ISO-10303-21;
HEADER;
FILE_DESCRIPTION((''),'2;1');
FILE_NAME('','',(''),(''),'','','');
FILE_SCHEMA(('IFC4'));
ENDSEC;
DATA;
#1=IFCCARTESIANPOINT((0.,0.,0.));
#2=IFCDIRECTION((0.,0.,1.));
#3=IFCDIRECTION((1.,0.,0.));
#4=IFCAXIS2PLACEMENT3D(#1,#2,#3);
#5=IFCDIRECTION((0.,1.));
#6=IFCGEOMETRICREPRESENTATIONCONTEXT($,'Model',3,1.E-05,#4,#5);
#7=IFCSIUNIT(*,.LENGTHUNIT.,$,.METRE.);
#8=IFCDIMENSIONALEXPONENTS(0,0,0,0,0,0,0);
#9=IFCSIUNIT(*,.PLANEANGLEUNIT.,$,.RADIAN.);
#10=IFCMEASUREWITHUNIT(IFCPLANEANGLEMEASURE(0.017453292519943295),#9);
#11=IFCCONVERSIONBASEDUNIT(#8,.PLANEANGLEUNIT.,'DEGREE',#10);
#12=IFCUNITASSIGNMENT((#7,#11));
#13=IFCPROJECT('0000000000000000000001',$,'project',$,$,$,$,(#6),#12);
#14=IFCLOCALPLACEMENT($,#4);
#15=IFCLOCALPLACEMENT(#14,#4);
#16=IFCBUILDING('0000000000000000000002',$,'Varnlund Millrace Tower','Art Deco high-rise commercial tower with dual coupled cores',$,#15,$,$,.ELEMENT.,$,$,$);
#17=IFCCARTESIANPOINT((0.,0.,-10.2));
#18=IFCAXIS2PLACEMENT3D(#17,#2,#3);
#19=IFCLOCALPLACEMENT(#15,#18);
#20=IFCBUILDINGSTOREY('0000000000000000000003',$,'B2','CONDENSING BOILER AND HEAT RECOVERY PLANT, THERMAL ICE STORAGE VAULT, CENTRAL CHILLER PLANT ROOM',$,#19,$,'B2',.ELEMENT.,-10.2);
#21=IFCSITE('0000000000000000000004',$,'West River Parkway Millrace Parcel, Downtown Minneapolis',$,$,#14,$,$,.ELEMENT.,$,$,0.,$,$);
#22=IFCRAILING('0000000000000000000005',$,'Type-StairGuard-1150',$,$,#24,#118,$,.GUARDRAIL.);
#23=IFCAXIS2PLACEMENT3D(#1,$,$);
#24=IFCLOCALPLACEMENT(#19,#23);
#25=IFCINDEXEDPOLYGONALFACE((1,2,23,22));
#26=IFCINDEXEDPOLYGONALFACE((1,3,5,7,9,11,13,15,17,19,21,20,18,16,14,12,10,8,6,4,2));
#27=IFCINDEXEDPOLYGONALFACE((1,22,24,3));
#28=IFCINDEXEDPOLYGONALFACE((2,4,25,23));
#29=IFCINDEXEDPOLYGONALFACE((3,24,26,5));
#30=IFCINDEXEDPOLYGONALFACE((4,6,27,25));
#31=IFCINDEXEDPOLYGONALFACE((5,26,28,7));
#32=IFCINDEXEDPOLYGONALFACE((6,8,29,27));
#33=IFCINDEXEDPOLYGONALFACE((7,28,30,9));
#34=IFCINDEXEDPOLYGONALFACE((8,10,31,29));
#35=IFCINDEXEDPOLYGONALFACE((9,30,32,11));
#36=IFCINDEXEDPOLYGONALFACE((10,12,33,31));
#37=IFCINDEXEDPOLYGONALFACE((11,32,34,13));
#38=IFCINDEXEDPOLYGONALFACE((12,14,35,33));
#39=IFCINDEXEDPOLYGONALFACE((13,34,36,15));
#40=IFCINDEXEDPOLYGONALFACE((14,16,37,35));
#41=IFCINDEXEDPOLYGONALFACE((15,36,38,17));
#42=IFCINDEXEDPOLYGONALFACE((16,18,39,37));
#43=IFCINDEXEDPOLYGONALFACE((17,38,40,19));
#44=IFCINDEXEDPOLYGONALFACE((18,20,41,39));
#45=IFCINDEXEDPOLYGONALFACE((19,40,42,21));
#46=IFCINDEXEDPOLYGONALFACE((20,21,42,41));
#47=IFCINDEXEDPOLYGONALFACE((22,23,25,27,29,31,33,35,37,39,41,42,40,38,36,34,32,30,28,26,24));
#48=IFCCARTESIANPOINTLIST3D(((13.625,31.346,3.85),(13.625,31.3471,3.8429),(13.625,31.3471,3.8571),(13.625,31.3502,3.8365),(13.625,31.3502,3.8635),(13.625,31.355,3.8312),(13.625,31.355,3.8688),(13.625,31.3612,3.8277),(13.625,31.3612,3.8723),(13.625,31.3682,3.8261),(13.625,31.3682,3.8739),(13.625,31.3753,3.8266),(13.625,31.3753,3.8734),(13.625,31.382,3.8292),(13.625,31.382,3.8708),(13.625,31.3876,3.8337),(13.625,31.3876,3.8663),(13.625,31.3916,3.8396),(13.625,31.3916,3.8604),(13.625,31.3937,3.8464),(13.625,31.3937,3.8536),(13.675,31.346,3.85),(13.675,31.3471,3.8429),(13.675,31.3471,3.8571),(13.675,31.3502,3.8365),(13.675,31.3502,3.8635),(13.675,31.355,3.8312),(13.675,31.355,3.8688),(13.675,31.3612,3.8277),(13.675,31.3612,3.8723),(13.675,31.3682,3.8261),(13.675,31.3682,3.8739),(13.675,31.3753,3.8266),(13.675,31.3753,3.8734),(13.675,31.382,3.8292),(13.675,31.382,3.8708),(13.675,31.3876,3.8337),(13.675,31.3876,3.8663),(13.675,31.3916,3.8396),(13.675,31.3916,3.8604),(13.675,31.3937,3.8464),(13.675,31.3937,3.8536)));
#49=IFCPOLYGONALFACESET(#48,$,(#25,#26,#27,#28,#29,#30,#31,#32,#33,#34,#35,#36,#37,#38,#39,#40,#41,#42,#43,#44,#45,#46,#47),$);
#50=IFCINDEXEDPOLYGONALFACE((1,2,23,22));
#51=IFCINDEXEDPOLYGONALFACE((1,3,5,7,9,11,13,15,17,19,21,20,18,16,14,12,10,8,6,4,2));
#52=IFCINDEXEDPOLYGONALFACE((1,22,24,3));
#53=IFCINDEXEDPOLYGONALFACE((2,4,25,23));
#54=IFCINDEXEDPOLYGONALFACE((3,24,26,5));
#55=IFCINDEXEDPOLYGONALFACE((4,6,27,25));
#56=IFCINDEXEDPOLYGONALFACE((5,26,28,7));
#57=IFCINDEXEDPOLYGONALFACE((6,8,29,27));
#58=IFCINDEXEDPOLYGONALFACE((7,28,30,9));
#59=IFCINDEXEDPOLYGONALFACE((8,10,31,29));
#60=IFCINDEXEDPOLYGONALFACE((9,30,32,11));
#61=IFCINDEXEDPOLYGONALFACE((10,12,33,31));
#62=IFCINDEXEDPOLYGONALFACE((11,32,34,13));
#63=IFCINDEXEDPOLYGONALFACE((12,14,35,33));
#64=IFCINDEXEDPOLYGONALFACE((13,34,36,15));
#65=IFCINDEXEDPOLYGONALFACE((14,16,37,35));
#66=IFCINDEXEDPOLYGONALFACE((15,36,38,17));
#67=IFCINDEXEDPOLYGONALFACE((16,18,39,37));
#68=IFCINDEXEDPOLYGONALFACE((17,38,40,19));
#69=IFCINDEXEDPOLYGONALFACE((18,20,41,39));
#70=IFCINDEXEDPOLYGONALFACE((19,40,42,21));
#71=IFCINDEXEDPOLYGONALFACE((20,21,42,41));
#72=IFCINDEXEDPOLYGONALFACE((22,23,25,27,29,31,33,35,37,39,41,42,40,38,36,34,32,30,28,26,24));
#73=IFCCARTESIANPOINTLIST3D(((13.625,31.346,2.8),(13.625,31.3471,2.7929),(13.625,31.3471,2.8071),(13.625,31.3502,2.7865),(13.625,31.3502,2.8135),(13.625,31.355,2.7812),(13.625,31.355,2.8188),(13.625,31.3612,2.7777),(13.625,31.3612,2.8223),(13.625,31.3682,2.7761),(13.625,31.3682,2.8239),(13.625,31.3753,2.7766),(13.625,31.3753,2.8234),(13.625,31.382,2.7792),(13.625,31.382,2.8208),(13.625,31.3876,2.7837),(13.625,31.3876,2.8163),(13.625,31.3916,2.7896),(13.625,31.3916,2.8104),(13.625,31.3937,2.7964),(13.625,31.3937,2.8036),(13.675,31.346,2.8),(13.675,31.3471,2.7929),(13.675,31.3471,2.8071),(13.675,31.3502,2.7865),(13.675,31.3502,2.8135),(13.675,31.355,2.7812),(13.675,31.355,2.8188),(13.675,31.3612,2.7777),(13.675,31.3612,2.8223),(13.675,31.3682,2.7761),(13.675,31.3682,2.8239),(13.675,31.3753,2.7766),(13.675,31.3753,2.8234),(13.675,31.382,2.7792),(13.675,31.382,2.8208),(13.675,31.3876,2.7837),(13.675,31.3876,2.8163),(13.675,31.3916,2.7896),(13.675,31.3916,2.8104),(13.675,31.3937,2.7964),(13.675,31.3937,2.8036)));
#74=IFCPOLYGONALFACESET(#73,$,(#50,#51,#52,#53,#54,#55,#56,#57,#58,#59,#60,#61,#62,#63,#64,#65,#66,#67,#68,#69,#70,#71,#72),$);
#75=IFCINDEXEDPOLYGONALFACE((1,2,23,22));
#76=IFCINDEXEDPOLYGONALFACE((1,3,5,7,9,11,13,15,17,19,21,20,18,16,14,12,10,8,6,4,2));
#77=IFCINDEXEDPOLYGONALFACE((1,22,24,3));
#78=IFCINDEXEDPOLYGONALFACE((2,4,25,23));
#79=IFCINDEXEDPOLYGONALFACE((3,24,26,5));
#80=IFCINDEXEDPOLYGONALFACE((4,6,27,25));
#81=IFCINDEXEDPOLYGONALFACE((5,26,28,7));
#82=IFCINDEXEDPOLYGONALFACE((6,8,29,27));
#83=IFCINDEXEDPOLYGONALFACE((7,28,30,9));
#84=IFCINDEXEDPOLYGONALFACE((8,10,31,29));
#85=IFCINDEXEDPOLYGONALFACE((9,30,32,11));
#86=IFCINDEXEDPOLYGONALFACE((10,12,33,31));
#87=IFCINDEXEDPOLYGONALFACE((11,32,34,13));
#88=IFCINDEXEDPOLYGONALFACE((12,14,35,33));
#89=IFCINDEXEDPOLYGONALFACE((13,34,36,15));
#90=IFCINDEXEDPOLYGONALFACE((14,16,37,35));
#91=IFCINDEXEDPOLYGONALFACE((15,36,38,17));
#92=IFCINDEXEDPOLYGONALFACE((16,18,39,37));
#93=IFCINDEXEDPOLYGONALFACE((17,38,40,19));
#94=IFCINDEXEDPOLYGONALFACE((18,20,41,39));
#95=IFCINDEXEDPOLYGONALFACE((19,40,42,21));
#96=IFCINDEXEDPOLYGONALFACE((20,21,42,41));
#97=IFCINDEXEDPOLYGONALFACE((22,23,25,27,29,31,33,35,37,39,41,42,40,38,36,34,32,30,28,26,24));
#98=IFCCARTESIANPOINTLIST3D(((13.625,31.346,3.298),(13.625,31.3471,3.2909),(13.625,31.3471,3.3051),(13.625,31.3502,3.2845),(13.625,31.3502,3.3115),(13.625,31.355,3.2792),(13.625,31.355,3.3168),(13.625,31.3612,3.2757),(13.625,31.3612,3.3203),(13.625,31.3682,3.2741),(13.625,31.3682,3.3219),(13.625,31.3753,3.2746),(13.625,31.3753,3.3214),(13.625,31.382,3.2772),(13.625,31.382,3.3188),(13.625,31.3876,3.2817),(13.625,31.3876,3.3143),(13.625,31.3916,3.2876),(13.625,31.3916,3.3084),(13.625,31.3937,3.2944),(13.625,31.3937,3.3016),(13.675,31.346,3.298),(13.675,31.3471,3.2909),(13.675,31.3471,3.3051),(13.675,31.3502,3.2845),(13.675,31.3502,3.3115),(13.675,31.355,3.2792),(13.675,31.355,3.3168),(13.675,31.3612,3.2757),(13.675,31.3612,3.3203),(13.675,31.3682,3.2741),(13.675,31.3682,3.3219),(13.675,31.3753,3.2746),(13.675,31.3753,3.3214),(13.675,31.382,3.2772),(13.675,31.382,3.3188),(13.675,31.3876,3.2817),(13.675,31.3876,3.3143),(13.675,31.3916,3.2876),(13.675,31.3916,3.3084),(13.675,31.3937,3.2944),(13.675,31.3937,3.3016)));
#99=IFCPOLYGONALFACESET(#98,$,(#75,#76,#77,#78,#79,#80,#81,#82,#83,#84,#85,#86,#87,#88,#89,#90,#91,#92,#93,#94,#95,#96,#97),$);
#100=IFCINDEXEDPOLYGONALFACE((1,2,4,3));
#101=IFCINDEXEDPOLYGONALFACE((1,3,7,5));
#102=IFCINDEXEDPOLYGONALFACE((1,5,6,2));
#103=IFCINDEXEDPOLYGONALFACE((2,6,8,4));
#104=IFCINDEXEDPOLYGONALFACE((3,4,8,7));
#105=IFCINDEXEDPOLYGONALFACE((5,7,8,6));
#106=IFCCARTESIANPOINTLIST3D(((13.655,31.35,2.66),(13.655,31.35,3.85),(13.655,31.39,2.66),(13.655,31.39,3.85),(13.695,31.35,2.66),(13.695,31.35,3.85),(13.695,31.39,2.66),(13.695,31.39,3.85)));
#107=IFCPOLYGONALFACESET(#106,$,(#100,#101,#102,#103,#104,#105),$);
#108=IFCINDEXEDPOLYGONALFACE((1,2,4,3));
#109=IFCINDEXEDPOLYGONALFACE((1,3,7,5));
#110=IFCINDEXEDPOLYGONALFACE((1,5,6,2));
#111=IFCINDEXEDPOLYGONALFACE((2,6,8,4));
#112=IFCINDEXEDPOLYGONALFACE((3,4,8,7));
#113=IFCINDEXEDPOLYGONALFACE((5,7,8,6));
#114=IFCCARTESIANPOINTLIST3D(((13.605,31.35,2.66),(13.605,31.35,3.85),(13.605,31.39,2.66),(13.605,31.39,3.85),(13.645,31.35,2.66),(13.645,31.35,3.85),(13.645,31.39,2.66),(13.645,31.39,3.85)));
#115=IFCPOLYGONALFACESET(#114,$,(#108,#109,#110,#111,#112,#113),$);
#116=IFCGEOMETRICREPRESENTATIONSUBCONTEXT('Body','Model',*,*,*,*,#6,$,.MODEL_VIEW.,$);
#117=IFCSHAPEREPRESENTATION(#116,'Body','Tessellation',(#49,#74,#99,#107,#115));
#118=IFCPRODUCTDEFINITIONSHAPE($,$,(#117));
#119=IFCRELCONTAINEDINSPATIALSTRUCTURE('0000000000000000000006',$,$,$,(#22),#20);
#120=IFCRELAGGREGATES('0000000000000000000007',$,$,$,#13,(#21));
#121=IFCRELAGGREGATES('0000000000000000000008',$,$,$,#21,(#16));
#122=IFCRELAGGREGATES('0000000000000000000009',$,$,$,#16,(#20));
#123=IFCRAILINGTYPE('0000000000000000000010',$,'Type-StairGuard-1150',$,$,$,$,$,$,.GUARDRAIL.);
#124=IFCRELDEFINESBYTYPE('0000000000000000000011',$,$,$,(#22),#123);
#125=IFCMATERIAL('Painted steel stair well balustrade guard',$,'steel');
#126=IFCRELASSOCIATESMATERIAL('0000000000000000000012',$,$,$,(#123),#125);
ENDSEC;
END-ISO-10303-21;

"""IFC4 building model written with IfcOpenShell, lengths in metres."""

from ifc_helpers import new_model, entity, si_unit, converted_unit, direction, frame, origin_with_axes, origin_2d_with_axis, place, context, subcontext, project, spatial, rectangle, circle, extrude, material, type_object, element, save


model = new_model("IFC4")

# Units and contexts
model_context = context("Model", 3, precision=1e-05, world=origin_with_axes(), true_north=direction((0.0, 1.0)))
body_context = subcontext(model_context, "Body", "Model", "MODEL_VIEW")
ifc_project = project(units=[si_unit("LENGTHUNIT", "METRE"), converted_unit("PLANEANGLEUNIT", "DEGREE", entity("IfcPlaneAngleMeasure", 0.017453292519943295), si_unit("PLANEANGLEUNIT", "RADIAN"), dimensions=[0, 0, 0, 0, 0, 0, 0])], contexts=[model_context])

# Site, building, storey
site_placement = place(None, origin_with_axes())
site = spatial("IfcSite", under=ifc_project, at=site_placement, Name="West River Parkway Millrace Parcel, Downtown Minneapolis", CompositionType="ELEMENT", RefElevation=0.0)
building_placement = place(site_placement, origin_with_axes())
building = spatial("IfcBuilding", under=site, at=building_placement, Name="Varnlund Millrace Tower", Description="Art Deco high-rise commercial tower with dual coupled cores", CompositionType="ELEMENT")
storey_placement = place(building_placement, frame((0.0, 0.0, -10.2), z_axis=(0.0, 0.0, 1.0), x_axis=(1.0, 0.0, 0.0)))
storey = spatial("IfcBuildingStorey", under=building, at=storey_placement, Name="B2", Description="CONDENSING BOILER AND HEAT RECOVERY PLANT, THERMAL ICE STORAGE VAULT, CENTRAL CHILLER PLANT ROOM", LongName="B2", CompositionType="ELEMENT", Elevation=-10.2)

# Railing
ifc_material_1 = material(Name="Painted steel stair well balustrade guard", Category="steel")
railing_type_1 = type_object("IfcRailingType", Name="Type-StairGuard-1150", PredefinedType="GUARDRAIL", material=ifc_material_1)
railing_1_placement = place(storey_placement, frame((0.0, 0.0, 10.2), z_axis=(0.0, 0.0, 1.0), x_axis=(1.0, 0.0, 0.0)))
element("IfcRailing", 1, at=railing_1_placement, inside=storey, type_object=railing_type_1, Name="Type-StairGuard-1150", PredefinedType="GUARDRAIL", context=body_context, shape_type="SweptSolid", body=[
    extrude(circle(Radius=0.024, at=origin_2d_with_axis()), frame((13.675, 31.37, -6.35), z_axis=(-1.0, 0.0, 0.0), x_axis=(0.0, -1.0, 0.0)), (0.0, 0.0, 1.0), 0.05),
    extrude(circle(Radius=0.024, at=origin_2d_with_axis()), frame((13.675, 31.37, -7.4), z_axis=(-1.0, 0.0, 0.0), x_axis=(0.0, -1.0, 0.0)), (0.0, 0.0, 1.0), 0.05),
    extrude(circle(Radius=0.024, at=origin_2d_with_axis()), frame((13.675, 31.37, -6.902), z_axis=(-1.0, 0.0, 0.0), x_axis=(0.0, -1.0, 0.0)), (0.0, 0.0, 1.0), 0.05),
    extrude(rectangle(XDim=0.04, YDim=0.04, at=origin_2d_with_axis()), frame((13.675, 31.37, -7.54), z_axis=(0.0, 0.0, 1.0), x_axis=(1.0, 0.0, 0.0)), (0.0, 0.0, 1.0), 1.19),
    extrude(rectangle(XDim=0.04, YDim=0.04, at=origin_2d_with_axis()), frame((13.625, 31.37, -7.54), z_axis=(0.0, 0.0, 1.0), x_axis=(1.0, 0.0, 0.0)), (0.0, 0.0, 1.0), 1.19),
])

save(model, "model.ifc")
